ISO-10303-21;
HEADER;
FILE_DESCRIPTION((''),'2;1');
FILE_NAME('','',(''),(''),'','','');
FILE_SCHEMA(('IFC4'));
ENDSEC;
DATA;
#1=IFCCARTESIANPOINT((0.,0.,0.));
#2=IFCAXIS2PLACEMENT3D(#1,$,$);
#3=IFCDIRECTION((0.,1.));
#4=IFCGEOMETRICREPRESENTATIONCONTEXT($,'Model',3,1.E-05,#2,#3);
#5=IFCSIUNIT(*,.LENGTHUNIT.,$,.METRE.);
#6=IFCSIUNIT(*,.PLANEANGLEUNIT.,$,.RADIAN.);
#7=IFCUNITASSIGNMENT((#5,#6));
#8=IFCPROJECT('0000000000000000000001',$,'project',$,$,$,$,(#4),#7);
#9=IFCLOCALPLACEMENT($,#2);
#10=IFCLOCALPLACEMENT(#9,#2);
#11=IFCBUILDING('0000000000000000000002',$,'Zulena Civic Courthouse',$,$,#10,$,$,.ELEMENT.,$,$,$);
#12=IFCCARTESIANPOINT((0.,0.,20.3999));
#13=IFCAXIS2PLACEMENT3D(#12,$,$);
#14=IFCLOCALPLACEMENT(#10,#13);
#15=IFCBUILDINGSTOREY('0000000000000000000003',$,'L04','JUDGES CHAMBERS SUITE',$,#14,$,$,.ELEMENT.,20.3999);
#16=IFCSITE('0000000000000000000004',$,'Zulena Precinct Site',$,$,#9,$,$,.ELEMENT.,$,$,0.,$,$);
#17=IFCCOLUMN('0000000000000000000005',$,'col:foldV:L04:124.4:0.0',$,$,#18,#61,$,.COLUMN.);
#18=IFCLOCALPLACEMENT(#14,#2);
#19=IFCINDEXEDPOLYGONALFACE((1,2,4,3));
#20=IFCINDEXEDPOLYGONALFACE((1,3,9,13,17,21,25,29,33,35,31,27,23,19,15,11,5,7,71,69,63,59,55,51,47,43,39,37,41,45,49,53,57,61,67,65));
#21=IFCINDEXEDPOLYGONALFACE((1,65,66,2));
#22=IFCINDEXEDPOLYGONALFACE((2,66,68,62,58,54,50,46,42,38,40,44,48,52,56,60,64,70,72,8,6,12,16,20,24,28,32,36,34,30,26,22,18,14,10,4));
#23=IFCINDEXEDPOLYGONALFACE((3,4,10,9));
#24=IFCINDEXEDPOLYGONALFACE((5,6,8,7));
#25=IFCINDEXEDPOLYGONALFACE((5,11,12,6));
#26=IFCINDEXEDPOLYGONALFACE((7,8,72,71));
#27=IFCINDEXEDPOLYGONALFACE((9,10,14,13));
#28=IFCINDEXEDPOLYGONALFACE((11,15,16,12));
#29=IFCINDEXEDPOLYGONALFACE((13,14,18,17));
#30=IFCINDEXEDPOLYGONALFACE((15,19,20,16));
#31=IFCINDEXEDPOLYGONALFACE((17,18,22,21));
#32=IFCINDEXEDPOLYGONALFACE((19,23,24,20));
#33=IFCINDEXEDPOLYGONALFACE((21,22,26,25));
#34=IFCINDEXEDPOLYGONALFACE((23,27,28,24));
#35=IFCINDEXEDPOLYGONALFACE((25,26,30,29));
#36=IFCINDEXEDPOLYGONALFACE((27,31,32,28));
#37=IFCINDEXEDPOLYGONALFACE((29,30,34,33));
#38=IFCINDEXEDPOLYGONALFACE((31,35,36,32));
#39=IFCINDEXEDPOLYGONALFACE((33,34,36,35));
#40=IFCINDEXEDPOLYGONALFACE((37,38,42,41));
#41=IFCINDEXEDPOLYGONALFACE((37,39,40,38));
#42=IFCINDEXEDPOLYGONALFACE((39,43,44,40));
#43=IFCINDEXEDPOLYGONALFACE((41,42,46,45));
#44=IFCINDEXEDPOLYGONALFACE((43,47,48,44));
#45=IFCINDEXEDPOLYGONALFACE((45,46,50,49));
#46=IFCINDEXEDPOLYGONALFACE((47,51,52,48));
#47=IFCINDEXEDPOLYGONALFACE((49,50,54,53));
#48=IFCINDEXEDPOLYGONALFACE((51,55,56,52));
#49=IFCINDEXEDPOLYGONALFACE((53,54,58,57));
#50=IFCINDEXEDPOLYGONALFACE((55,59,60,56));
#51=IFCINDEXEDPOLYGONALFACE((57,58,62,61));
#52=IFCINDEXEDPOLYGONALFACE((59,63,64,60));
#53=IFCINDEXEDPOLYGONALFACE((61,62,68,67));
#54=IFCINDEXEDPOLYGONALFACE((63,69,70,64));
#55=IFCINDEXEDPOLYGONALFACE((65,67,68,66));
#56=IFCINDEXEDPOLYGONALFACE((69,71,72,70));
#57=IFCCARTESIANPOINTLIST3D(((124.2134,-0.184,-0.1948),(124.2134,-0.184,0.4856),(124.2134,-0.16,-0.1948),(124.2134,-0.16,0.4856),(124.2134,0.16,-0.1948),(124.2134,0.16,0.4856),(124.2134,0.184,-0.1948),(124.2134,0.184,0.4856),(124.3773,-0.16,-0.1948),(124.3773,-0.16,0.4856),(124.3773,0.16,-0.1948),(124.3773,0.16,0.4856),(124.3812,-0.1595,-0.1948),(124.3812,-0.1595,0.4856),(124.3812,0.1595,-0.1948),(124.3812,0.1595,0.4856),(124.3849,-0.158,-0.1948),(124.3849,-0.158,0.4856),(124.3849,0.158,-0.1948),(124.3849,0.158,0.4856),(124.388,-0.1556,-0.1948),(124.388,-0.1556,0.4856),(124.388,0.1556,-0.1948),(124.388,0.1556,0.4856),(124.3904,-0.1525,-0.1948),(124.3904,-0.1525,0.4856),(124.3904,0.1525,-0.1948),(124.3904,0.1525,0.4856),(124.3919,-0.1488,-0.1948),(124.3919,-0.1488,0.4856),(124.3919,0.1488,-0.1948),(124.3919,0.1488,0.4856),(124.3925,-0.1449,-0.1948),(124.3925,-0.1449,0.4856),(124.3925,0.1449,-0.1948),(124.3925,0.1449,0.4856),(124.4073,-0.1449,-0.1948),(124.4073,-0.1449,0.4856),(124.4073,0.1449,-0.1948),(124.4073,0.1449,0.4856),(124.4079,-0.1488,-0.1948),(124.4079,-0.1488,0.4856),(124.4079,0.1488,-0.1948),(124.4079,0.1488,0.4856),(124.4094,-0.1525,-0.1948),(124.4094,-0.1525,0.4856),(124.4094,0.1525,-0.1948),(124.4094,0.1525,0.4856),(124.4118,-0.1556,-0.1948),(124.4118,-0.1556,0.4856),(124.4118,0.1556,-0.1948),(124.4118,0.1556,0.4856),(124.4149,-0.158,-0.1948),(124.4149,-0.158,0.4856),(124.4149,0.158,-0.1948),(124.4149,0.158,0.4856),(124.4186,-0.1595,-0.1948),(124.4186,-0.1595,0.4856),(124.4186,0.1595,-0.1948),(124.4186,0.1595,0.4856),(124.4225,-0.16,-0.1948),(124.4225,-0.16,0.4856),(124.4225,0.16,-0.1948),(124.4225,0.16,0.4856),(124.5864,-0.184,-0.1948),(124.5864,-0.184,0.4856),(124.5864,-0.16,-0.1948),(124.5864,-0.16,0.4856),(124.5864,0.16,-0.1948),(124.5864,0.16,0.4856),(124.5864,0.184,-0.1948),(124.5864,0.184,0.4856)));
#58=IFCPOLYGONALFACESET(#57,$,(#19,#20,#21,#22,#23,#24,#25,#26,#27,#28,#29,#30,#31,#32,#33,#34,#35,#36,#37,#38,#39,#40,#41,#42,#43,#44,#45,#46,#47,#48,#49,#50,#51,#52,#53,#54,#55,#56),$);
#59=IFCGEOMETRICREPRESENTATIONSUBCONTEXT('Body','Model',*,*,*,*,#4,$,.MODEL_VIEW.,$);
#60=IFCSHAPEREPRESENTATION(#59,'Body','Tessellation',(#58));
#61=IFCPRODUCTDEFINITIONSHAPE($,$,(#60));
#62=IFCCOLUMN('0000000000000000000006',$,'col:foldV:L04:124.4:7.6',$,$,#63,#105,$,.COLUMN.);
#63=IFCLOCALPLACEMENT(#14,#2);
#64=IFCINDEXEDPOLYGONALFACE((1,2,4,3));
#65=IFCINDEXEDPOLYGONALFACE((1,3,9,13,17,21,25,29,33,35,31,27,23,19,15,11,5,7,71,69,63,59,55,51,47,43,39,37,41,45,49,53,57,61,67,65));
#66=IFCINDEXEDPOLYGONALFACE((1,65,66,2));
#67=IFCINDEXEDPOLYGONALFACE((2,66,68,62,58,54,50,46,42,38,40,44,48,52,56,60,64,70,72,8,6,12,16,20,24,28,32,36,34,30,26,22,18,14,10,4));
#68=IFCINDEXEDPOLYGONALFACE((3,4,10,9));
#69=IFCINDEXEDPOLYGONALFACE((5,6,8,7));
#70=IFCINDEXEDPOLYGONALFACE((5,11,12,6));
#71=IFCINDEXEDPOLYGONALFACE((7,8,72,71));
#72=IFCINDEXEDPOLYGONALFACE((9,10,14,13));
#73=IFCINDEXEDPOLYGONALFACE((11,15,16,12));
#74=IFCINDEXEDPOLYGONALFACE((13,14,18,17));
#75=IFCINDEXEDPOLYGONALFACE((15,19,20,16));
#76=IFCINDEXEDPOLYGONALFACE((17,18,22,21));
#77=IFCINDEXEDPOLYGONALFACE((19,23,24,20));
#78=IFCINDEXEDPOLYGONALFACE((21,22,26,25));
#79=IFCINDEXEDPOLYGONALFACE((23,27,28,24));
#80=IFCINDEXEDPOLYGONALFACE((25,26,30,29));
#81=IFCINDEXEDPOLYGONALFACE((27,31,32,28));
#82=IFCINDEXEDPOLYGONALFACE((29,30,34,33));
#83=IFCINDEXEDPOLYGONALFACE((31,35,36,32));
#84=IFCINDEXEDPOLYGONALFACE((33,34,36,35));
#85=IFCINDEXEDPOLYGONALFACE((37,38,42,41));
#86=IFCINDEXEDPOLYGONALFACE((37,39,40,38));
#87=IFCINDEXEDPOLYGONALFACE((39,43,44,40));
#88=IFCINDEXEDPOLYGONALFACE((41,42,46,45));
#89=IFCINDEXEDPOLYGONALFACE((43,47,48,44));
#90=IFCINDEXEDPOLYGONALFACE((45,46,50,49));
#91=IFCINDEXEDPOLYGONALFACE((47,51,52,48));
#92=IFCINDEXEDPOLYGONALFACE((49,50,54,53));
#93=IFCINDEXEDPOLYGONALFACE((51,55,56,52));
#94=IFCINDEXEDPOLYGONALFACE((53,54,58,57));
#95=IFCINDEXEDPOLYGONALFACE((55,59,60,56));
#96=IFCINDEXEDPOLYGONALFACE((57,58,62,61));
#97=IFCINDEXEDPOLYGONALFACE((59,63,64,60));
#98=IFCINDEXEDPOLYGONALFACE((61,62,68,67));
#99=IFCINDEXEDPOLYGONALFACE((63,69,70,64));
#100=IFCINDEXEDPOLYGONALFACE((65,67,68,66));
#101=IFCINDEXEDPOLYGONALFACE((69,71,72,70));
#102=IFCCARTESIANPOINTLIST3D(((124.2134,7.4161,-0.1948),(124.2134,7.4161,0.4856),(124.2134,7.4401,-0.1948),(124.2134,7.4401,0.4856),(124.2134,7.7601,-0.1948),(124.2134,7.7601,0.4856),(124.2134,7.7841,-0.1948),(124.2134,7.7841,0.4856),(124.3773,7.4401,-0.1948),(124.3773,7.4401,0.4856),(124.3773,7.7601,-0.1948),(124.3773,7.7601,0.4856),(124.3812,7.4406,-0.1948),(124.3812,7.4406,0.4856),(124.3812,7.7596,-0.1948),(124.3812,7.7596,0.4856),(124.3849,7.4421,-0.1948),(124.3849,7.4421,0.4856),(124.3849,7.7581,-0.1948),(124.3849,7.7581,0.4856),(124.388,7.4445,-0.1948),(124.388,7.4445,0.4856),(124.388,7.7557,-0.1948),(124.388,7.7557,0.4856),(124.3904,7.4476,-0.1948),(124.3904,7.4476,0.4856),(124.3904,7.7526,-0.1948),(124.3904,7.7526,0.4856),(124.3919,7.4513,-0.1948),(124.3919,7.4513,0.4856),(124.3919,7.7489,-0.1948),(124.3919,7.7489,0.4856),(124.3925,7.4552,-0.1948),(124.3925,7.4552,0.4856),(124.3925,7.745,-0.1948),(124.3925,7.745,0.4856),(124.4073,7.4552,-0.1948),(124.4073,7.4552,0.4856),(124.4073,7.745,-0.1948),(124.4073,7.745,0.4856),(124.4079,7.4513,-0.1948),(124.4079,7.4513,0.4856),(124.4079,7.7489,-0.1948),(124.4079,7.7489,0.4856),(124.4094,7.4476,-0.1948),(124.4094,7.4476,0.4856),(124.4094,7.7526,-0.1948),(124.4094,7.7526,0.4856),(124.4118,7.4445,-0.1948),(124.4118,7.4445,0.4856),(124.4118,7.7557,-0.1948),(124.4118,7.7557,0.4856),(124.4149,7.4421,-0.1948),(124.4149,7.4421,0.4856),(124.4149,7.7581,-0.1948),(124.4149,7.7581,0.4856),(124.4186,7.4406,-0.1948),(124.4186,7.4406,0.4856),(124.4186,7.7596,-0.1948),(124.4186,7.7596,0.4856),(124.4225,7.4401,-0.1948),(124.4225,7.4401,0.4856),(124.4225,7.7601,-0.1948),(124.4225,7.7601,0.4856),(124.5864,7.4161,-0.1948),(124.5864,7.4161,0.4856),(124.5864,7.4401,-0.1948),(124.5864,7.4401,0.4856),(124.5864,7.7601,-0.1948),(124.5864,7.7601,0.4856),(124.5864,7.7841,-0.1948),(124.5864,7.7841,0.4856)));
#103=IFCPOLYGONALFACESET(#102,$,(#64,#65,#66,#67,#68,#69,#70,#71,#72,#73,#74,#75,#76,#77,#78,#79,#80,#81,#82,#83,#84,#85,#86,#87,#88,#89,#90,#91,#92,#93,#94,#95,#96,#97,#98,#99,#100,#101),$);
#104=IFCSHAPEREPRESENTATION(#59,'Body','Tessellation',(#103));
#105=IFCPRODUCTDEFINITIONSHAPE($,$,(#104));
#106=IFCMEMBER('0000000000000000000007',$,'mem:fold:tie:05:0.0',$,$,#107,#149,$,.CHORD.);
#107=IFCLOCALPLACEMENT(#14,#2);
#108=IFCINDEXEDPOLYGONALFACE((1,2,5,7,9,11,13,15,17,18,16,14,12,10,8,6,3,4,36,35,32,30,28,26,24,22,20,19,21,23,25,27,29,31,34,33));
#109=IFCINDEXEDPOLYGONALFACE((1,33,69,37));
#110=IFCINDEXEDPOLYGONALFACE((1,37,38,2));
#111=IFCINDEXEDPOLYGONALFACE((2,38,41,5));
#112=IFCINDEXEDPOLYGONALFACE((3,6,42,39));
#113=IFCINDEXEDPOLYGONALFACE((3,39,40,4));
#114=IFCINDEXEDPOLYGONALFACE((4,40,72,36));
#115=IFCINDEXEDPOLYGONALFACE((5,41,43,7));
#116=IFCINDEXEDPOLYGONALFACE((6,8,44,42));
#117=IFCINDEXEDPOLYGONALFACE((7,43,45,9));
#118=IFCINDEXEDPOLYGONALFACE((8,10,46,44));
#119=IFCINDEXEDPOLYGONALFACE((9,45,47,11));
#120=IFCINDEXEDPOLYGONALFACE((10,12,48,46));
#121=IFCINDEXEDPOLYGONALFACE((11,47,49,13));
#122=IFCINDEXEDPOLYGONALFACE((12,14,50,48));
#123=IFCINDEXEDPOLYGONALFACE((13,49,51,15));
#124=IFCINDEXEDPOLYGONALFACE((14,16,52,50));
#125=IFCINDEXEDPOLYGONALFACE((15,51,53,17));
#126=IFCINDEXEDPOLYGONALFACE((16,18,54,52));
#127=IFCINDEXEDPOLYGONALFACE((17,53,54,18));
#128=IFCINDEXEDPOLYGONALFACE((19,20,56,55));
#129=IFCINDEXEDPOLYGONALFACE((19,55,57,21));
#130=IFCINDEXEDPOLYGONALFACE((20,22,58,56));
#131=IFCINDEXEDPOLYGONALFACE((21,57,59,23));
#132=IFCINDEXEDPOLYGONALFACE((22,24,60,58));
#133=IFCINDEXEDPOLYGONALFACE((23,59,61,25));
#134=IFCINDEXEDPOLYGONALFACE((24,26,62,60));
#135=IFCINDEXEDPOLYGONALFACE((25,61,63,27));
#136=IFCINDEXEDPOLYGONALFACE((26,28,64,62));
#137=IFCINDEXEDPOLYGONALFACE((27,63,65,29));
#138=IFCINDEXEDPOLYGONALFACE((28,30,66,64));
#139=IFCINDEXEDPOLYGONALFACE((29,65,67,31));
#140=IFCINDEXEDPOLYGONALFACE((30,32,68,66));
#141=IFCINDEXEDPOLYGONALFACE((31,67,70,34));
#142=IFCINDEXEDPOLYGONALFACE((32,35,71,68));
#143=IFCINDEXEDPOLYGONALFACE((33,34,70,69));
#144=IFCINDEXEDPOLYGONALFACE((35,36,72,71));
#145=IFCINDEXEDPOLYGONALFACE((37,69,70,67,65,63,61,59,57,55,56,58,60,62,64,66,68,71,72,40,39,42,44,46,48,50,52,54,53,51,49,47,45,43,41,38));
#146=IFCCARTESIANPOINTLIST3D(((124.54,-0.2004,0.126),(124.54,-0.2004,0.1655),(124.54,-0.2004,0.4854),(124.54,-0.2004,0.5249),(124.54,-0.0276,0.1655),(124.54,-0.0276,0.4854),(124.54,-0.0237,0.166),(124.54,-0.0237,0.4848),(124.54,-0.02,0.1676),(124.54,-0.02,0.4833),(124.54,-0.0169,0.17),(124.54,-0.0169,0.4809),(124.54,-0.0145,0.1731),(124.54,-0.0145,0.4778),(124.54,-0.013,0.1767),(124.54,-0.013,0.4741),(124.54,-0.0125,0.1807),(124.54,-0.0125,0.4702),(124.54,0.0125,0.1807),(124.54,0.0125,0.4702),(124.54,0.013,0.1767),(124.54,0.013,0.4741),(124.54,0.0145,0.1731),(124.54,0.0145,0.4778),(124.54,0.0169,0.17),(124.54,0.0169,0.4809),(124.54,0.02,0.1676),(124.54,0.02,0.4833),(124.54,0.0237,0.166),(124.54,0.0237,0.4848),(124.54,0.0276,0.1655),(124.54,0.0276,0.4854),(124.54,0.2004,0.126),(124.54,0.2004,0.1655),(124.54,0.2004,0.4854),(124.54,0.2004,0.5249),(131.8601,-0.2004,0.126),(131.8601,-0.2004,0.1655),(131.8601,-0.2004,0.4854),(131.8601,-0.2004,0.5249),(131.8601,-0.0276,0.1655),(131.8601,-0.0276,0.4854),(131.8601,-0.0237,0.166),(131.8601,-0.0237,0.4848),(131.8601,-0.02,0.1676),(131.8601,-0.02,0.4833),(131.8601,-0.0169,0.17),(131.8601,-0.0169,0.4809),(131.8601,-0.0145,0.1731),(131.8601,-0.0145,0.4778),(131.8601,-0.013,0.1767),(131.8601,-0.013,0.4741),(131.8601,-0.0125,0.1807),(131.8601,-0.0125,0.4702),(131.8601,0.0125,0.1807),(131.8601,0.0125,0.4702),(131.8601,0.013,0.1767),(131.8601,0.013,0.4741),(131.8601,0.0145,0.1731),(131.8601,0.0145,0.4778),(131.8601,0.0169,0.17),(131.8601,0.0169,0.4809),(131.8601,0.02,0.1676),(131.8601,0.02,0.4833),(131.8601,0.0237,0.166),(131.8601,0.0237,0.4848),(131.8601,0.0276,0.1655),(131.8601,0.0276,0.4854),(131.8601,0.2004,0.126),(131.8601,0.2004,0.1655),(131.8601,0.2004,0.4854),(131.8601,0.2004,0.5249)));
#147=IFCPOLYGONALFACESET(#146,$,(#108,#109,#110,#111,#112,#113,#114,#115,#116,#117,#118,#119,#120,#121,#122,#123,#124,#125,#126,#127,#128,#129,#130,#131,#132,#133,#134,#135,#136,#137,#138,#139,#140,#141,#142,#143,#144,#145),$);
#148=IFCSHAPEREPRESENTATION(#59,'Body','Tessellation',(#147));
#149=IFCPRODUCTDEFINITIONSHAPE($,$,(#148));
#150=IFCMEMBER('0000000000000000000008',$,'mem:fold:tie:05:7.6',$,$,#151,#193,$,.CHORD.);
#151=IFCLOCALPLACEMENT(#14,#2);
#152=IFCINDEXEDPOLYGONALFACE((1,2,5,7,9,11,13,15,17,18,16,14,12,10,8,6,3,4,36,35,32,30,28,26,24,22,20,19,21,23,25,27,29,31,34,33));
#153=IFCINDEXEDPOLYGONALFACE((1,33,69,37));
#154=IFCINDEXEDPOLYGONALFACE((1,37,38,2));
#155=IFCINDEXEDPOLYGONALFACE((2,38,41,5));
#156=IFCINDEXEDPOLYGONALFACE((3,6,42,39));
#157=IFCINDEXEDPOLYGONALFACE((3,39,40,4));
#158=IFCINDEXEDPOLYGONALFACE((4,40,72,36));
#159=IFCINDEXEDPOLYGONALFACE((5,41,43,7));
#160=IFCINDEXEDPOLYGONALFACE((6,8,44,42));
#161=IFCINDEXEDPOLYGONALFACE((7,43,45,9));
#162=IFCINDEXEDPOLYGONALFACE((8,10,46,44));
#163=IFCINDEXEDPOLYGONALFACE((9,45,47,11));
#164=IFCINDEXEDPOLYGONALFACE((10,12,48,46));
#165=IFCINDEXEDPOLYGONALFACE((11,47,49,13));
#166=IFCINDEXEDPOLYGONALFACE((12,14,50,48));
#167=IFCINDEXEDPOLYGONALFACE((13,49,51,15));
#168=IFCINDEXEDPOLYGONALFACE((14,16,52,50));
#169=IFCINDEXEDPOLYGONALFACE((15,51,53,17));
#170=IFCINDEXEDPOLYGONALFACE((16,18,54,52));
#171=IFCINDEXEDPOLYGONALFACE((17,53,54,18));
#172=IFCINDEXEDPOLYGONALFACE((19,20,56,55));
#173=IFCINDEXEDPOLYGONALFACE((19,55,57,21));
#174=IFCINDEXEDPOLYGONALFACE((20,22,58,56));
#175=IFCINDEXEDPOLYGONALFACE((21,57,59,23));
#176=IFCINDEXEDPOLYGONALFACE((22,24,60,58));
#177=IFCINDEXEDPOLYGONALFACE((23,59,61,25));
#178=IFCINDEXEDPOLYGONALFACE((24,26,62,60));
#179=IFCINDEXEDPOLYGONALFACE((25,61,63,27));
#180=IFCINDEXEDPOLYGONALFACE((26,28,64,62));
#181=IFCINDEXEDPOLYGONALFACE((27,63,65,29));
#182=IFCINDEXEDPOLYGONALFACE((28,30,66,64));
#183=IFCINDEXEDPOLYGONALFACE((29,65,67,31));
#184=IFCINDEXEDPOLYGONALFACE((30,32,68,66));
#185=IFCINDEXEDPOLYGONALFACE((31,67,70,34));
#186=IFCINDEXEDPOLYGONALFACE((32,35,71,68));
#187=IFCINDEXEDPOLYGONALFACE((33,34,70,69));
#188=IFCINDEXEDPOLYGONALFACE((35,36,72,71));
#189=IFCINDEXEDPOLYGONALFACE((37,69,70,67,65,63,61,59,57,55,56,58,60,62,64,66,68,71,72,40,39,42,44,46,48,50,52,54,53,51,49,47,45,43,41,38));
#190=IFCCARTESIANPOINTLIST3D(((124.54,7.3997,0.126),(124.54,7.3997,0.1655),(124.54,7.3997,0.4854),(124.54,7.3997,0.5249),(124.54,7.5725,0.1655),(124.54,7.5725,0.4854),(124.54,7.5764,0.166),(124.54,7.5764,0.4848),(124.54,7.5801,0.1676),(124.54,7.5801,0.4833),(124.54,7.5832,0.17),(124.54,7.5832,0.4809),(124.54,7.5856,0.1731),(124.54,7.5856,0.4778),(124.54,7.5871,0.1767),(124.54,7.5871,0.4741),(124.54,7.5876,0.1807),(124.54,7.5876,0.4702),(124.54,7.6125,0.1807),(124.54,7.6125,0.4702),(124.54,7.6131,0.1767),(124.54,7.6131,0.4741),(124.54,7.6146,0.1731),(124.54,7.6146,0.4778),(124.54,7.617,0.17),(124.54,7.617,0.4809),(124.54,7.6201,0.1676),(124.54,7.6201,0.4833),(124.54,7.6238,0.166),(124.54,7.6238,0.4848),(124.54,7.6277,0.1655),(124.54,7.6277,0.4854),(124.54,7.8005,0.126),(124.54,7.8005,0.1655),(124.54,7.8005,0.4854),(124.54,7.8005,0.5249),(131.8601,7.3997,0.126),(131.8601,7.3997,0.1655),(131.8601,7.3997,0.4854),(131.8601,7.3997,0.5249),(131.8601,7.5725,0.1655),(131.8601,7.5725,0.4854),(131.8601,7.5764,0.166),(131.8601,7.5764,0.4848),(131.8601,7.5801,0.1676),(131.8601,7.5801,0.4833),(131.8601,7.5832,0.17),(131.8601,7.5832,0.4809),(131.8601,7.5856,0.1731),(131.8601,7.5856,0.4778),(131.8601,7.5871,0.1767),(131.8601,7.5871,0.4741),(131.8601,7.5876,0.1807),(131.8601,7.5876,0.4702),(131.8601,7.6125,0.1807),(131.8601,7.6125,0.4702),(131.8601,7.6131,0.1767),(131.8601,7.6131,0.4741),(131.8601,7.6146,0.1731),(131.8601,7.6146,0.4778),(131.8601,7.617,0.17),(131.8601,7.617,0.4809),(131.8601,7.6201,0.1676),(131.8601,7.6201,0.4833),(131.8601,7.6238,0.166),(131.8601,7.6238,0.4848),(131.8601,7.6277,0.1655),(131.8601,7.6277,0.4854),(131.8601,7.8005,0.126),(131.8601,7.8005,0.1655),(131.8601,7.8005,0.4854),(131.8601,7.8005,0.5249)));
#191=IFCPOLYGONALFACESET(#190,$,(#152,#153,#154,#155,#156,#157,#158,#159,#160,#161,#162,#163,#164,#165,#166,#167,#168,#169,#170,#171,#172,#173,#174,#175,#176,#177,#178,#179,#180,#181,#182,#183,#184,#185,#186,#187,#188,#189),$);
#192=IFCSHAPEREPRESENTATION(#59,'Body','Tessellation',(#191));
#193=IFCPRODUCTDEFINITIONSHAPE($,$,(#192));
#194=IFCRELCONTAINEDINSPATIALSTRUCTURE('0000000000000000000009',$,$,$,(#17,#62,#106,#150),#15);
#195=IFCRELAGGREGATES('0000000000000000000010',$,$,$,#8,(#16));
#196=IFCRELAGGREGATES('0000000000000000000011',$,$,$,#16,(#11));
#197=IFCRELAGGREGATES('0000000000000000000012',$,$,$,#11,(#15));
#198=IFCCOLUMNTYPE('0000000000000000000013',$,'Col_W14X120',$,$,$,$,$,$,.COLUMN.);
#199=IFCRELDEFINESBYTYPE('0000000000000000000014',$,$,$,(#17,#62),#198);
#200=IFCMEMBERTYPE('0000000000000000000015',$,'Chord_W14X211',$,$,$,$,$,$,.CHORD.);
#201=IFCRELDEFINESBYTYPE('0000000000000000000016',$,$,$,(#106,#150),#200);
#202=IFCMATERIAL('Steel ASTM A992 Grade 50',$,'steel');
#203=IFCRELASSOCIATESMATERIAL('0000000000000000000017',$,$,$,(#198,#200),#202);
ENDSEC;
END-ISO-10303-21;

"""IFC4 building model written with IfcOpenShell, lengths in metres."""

from ifc_helpers import new_model, si_unit, direction, frame, origin, origin_2d, place, context, subcontext, project, spatial, i_section, extrude, material, material_profile, profile_set, type_object, element, save


model = new_model("IFC4")

# Units and contexts
model_context = context("Model", 3, precision=1e-05, world=origin(), true_north=direction((0.0, 1.0)))
body_context = subcontext(model_context, "Body", "Model", "MODEL_VIEW")
ifc_project = project(units=[si_unit("LENGTHUNIT", "METRE"), si_unit("PLANEANGLEUNIT", "RADIAN")], contexts=[model_context])

# Site, building, storey
site_placement = place(None, origin())
site = spatial("IfcSite", under=ifc_project, at=site_placement, Name="Zulena Precinct Site", CompositionType="ELEMENT", RefElevation=0.0)
building_placement = place(site_placement, origin())
building = spatial("IfcBuilding", under=site, at=building_placement, Name="Zulena Civic Courthouse", CompositionType="ELEMENT")
storey_placement = place(building_placement, frame((0.0, 0.0, 20.3999)))
storey = spatial("IfcBuildingStorey", under=building, at=storey_placement, Name="L04", Description="JUDGES CHAMBERS SUITE", CompositionType="ELEMENT", Elevation=20.3999)

# Columns
ifc_material_1 = material(Name="Steel ASTM A992 Grade 50", Category="steel")
ifc_material_profile_1 = material_profile(ifc_material_1, i_section(OverallWidth=0.373, OverallDepth=0.3679, WebThickness=0.0149, FlangeThickness=0.0239, FilletRadius=0.0151, at=origin_2d()), Name="W14X120")
ifc_profile_set_1 = profile_set([ifc_material_profile_1], Name="Steel ASTM A992 Grade 50")
column_type = type_object("IfcColumnType", Name="Col_W14X120", PredefinedType="COLUMN", material=ifc_profile_set_1)
for number, where, z_axis, x_axis, name in (
    (1, (124.3999, 0.0, -0.1948), (0.0, 0.0, 1.0), (1.0, 0.0, 0.0), "col:foldV:L04:124.4:0.0"),
    (2, (124.3999, 7.6001, -0.1948), (0.0, 0.0, 1.0), (1.0, 0.0, 0.0), "col:foldV:L04:124.4:7.6"),
):
    element("IfcColumn", number, at=place(storey_placement, frame(where, z_axis=z_axis, x_axis=x_axis)), inside=storey, type_object=column_type, Name=name, PredefinedType="COLUMN", context=body_context, shape_type="SweptSolid", body=[
        extrude(i_section(OverallWidth=0.373, OverallDepth=0.3679, WebThickness=0.0149, FlangeThickness=0.0239, FilletRadius=0.0151, at=origin_2d()), origin(), (0.0, 0.0, 1.0), 0.6804),
    ])

# Members
ifc_material_profile_2 = material_profile(ifc_material_1, i_section(OverallWidth=0.4009, OverallDepth=0.3989, WebThickness=0.0249, FlangeThickness=0.0396, FilletRadius=0.0151, at=origin_2d()), Name="W14X211")
ifc_profile_set_2 = profile_set([ifc_material_profile_2], Name="Steel ASTM A992 Grade 50")
member_type_1 = type_object("IfcMemberType", Name="Chord_W14X211", PredefinedType="CHORD", material=ifc_profile_set_2)
for number, where, z_axis, x_axis, name in (
    (3, (124.54, 0.0, 0.3254), (1.0, 0.0, 0.0), (0.0, 1.0, 0.0), "mem:fold:tie:05:0.0"),
    (4, (124.54, 7.6001, 0.3254), (1.0, 0.0, 0.0), (0.0, 1.0, 0.0), "mem:fold:tie:05:7.6"),
):
    element("IfcMember", number, at=place(storey_placement, frame(where, z_axis=z_axis, x_axis=x_axis)), inside=storey, type_object=member_type_1, Name=name, PredefinedType="CHORD", context=body_context, shape_type="SweptSolid", body=[
        extrude(i_section(OverallWidth=0.4009, OverallDepth=0.3989, WebThickness=0.0249, FlangeThickness=0.0396, FilletRadius=0.0151, at=origin_2d()), origin(), (0.0, 0.0, 1.0), 7.3201),
    ])

save(model, "model.ifc")
